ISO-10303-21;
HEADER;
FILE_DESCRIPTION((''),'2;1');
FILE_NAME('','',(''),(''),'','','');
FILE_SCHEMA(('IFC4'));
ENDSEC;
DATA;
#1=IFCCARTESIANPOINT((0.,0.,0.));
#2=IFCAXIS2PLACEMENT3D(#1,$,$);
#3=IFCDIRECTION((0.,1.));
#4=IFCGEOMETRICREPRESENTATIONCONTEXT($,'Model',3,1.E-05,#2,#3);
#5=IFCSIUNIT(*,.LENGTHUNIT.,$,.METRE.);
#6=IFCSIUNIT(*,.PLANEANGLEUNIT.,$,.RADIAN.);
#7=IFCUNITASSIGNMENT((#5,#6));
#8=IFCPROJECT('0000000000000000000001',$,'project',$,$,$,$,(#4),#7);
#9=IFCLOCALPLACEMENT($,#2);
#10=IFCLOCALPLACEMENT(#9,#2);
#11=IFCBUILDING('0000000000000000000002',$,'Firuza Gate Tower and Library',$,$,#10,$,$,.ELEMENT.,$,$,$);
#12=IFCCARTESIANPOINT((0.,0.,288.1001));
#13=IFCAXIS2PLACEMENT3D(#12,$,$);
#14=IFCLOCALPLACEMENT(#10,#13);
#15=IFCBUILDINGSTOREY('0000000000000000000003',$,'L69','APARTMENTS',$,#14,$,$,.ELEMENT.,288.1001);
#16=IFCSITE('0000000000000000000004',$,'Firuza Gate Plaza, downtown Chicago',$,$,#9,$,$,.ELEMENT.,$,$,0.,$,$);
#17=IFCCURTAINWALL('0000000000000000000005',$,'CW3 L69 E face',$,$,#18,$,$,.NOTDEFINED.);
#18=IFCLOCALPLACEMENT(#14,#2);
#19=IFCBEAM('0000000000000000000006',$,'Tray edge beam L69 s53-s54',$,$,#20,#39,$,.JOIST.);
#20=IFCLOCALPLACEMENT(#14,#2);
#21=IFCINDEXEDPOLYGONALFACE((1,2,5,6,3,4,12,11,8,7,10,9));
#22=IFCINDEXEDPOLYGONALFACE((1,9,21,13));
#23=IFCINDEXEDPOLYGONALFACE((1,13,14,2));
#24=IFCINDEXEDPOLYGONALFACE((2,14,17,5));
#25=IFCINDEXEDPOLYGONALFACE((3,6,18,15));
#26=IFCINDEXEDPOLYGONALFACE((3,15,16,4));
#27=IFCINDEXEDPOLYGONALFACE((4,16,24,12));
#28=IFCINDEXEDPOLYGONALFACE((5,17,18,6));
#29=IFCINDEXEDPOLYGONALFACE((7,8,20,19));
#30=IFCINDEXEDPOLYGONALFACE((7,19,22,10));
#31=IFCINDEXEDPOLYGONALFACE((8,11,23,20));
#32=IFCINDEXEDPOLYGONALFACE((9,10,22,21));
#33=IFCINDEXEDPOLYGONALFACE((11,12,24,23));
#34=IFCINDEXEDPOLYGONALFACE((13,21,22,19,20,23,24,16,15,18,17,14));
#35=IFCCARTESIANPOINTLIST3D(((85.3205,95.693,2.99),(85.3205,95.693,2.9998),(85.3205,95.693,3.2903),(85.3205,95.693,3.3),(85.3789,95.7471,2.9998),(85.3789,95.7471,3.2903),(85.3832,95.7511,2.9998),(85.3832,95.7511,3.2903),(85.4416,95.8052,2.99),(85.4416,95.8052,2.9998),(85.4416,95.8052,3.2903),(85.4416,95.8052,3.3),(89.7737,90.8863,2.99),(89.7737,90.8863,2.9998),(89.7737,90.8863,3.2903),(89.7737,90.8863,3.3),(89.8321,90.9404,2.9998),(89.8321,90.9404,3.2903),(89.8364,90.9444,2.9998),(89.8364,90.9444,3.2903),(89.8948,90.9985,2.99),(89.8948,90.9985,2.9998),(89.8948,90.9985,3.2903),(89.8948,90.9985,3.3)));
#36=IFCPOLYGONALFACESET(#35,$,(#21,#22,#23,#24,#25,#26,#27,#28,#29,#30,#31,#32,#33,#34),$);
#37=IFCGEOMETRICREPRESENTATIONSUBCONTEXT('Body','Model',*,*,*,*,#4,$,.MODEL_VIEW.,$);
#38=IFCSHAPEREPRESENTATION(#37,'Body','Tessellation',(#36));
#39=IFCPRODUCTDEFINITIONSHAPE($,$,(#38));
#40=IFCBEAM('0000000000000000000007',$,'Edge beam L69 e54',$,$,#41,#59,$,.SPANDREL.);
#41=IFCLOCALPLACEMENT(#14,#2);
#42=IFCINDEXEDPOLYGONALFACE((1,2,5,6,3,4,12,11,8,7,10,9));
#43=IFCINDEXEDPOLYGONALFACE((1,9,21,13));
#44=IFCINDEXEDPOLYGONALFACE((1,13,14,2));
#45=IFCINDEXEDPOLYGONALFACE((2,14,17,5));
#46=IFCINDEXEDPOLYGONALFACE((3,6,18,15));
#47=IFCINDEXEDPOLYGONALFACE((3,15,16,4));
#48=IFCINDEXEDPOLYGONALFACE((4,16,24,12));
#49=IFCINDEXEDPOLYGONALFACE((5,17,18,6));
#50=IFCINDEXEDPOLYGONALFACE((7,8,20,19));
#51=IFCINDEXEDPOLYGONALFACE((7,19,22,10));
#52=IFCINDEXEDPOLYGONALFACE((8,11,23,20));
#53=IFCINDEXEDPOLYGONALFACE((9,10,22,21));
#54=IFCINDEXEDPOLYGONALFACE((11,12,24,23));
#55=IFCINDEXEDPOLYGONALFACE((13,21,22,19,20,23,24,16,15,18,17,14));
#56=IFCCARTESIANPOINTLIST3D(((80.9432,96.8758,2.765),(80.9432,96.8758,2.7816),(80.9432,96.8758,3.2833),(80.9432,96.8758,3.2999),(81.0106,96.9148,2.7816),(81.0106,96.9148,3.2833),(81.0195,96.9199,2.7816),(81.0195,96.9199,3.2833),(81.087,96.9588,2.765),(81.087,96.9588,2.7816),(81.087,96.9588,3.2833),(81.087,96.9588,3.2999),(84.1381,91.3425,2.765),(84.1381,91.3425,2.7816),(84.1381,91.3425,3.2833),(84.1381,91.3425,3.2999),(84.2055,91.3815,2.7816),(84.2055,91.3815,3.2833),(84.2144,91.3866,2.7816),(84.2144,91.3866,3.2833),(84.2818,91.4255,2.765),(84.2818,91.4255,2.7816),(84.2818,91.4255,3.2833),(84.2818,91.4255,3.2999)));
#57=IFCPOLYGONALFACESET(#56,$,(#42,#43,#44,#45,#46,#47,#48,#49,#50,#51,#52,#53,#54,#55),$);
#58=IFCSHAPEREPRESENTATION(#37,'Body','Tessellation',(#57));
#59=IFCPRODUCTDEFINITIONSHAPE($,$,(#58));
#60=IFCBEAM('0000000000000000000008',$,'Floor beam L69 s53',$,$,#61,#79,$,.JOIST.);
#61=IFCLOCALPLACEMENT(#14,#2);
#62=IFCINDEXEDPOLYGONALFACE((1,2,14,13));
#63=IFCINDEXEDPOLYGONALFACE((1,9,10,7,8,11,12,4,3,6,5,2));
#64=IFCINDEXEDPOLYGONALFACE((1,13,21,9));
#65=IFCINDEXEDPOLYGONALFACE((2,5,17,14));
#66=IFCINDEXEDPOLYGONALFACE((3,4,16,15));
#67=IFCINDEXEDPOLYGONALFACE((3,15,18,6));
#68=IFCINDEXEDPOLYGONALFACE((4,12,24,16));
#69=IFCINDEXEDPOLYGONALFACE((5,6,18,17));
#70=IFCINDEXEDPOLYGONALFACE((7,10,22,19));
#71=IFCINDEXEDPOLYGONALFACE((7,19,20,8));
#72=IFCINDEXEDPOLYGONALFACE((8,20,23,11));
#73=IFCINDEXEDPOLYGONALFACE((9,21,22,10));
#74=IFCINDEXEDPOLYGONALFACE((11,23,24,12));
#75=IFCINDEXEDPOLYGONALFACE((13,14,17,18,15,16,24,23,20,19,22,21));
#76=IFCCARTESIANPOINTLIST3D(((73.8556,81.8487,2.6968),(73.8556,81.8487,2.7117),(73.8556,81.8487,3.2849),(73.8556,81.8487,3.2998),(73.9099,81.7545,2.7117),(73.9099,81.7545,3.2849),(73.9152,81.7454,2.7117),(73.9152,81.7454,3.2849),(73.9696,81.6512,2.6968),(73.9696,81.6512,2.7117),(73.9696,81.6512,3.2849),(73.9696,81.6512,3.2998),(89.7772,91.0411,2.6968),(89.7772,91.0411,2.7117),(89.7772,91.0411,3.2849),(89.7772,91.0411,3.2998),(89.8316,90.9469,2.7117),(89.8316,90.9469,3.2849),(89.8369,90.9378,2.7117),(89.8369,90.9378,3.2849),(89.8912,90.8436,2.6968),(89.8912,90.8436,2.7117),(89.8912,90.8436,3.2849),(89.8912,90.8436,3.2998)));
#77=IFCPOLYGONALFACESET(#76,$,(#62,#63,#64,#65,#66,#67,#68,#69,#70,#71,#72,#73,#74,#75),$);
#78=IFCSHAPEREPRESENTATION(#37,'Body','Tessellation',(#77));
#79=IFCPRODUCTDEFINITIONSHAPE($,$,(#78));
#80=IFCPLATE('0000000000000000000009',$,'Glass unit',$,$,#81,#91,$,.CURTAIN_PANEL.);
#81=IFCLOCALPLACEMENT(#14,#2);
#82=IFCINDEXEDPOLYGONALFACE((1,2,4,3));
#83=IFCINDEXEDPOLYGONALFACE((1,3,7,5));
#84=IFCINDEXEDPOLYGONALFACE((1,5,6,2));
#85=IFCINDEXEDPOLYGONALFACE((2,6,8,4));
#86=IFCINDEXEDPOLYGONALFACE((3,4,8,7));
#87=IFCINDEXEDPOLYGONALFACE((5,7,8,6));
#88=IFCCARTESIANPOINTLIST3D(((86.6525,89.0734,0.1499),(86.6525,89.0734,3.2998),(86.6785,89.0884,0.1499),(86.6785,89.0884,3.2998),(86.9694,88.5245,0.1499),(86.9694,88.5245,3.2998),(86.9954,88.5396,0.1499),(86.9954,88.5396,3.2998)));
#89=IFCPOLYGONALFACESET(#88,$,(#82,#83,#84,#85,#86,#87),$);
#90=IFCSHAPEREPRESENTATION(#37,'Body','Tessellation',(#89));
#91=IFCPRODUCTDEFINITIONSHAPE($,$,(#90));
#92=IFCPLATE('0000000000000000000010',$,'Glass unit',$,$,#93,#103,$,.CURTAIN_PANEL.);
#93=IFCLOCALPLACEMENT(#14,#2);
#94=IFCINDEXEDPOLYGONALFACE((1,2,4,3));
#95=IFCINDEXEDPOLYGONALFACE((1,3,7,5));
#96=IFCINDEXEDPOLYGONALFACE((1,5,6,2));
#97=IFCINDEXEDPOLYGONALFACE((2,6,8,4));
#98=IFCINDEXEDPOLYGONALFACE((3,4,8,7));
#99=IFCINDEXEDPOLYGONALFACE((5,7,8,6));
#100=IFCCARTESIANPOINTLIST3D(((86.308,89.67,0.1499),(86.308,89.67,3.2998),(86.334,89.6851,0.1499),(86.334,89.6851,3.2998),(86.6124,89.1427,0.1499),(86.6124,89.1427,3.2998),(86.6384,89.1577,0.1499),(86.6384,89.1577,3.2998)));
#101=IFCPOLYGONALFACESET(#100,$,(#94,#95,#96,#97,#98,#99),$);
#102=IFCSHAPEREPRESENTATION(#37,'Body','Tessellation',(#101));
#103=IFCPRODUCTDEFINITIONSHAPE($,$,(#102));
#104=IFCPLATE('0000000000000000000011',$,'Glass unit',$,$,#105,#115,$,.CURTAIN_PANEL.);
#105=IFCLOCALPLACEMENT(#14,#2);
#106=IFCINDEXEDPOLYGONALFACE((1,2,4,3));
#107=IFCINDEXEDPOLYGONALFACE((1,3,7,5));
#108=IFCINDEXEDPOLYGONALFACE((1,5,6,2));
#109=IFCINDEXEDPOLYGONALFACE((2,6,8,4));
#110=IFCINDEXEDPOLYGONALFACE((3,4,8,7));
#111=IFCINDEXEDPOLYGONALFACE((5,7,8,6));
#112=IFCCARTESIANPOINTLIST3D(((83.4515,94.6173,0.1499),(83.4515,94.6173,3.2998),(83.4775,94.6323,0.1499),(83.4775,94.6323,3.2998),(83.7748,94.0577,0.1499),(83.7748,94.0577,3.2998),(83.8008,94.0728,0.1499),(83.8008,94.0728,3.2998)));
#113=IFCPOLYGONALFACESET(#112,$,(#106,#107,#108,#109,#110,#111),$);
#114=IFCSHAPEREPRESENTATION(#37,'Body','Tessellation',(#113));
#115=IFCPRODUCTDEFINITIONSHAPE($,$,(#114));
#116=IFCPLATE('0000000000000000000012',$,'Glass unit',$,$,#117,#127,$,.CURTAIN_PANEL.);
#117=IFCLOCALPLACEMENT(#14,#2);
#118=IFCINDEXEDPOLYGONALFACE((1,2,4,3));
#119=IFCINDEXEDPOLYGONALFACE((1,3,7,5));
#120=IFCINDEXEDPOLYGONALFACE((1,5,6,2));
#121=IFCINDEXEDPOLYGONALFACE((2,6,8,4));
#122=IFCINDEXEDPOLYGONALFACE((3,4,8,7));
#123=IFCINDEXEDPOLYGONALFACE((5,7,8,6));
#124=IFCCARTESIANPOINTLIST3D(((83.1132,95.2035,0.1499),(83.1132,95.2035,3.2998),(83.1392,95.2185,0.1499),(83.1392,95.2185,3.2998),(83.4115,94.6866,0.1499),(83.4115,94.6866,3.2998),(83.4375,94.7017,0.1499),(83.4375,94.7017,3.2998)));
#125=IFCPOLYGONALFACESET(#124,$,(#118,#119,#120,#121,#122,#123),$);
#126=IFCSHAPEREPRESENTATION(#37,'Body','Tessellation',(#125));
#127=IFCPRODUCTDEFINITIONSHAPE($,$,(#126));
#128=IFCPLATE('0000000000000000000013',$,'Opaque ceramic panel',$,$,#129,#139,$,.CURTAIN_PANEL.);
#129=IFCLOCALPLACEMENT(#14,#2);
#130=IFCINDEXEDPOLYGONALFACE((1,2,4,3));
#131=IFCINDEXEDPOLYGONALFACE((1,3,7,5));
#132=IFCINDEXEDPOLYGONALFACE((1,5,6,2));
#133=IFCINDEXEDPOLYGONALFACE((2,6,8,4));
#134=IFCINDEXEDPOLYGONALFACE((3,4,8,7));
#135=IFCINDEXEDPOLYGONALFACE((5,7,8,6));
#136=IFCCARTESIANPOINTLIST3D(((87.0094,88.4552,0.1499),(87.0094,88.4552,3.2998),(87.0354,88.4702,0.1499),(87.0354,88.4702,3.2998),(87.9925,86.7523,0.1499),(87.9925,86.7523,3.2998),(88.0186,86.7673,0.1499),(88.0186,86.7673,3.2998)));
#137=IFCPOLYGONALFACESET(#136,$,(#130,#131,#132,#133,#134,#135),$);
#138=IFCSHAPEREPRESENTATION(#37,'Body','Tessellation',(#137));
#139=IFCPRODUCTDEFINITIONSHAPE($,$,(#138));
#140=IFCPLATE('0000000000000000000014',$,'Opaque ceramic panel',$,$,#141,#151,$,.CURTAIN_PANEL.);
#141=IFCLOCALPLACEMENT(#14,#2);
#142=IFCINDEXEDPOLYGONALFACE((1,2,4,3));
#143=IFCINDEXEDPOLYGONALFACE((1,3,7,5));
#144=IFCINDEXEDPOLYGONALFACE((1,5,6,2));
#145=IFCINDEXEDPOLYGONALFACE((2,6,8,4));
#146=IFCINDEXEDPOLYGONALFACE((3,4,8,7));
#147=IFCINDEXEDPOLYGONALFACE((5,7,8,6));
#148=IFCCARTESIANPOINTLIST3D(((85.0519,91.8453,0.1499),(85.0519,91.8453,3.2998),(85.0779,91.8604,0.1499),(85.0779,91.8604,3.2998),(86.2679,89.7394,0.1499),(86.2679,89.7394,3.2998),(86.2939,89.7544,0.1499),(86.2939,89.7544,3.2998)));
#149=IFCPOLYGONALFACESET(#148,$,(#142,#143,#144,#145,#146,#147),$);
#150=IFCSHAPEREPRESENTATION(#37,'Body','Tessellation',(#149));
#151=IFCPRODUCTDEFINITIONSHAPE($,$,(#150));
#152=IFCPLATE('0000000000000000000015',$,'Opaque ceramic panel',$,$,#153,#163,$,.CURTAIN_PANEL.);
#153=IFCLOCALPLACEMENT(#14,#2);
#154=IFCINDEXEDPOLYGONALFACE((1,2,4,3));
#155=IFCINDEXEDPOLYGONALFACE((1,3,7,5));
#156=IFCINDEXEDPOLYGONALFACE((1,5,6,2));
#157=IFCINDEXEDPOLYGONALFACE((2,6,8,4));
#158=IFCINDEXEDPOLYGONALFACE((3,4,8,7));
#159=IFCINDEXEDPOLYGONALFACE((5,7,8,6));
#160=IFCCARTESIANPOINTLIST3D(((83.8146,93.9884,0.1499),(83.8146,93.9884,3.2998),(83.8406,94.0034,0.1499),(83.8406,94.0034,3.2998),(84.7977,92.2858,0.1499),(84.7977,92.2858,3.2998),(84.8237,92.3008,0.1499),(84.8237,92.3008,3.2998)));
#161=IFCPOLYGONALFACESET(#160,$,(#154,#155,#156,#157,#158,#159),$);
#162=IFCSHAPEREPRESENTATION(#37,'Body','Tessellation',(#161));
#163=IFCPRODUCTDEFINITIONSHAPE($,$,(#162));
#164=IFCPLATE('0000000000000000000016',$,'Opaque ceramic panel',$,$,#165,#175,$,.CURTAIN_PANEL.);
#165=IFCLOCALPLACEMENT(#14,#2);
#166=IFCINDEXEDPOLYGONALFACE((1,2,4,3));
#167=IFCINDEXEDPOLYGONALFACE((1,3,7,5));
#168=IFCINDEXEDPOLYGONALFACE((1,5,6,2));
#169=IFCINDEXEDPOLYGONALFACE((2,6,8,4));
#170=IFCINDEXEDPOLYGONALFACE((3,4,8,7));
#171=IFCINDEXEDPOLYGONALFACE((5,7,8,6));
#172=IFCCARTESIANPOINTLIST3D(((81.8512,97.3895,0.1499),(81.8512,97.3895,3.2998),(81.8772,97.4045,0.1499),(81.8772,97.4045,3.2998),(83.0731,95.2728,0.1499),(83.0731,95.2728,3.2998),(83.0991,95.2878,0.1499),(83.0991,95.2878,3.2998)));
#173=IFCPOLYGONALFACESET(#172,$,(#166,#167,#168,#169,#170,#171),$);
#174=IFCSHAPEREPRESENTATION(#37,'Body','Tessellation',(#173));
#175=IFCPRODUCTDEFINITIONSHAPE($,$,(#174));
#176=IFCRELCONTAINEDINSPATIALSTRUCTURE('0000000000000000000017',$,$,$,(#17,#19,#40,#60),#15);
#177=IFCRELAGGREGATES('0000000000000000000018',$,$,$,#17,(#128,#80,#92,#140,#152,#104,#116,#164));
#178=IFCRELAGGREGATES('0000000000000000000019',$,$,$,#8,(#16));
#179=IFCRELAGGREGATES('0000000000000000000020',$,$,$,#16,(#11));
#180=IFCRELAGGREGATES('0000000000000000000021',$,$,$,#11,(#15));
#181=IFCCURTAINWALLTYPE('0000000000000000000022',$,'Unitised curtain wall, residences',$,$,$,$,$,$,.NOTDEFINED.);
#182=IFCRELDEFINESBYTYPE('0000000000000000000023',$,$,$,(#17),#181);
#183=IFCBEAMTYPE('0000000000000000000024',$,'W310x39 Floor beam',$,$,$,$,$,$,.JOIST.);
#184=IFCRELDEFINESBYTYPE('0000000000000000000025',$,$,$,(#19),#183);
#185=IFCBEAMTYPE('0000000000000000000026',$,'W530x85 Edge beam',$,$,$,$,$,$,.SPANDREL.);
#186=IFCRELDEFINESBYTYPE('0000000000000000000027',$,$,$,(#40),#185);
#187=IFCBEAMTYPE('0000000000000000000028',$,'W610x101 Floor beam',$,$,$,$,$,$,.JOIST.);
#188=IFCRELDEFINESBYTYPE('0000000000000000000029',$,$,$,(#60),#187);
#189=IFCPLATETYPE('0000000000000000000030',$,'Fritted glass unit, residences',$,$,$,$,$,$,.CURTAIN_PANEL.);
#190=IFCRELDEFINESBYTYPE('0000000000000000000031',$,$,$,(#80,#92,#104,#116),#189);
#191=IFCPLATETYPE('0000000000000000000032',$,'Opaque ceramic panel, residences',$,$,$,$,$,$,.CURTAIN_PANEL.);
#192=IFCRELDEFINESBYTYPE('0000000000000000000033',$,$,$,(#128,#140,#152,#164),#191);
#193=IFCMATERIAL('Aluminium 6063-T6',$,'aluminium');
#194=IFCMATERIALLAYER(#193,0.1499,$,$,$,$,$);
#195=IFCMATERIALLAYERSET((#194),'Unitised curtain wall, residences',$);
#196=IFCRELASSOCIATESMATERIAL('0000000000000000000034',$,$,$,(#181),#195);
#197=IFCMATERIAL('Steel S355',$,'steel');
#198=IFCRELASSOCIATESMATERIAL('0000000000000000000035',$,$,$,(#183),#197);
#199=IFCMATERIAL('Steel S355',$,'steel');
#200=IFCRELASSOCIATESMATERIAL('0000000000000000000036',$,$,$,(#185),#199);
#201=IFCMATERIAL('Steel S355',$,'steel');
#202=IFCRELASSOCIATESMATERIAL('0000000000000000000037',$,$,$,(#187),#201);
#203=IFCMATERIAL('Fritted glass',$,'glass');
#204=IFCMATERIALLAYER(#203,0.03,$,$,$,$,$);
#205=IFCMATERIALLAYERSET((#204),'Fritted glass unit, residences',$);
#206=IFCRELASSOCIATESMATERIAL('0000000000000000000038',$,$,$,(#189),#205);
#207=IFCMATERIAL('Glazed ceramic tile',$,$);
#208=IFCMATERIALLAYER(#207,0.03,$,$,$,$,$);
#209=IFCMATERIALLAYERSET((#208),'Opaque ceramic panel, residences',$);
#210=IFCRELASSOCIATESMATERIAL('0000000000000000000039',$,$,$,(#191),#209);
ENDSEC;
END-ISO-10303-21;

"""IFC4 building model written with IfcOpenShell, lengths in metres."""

from ifc_helpers import new_model, si_unit, direction, frame, origin, origin_2d, place, context, subcontext, project, spatial, polyline, i_section, outline, extrude, material, layer, layer_set, material_profile, profile_set, type_object, element, aggregate, save


model = new_model("IFC4")

# Units and contexts
model_context = context("Model", 3, precision=1e-05, world=origin(), true_north=direction((0.0, 1.0)))
body_context = subcontext(model_context, "Body", "Model", "MODEL_VIEW")
ifc_project = project(units=[si_unit("LENGTHUNIT", "METRE"), si_unit("PLANEANGLEUNIT", "RADIAN")], contexts=[model_context])

# Site, building, storey
site_placement = place(None, origin())
site = spatial("IfcSite", under=ifc_project, at=site_placement, Name="Firuza Gate Plaza, downtown Chicago", CompositionType="ELEMENT", RefElevation=0.0)
building_placement = place(site_placement, origin())
building = spatial("IfcBuilding", under=site, at=building_placement, Name="Firuza Gate Tower and Library", CompositionType="ELEMENT")
storey_placement = place(building_placement, frame((0.0, 0.0, 288.1001)))
storey = spatial("IfcBuildingStorey", under=building, at=storey_placement, Name="L69", Description="APARTMENTS", CompositionType="ELEMENT", Elevation=288.1001)

# Curtain wall
ifc_material_1 = material(Name="Aluminium 6063-T6", Category="aluminium")
ifc_layer_1 = layer(ifc_material_1, 0.1499)
ifc_layer_set_1 = layer_set([ifc_layer_1], Name="Unitised curtain wall, residences")
curtain_wall_type = type_object("IfcCurtainWallType", Name="Unitised curtain wall, residences", PredefinedType="NOTDEFINED", material=ifc_layer_set_1)
curtain_wall_placement = place(storey_placement, origin())
curtain_wall = element("IfcCurtainWall", 1, at=curtain_wall_placement, inside=storey, type_object=curtain_wall_type, Name="CW3 L69 E face", PredefinedType="NOTDEFINED")

# Beams
ifc_material_2 = material(Name="Steel S355", Category="steel")
ifc_material_profile_1 = material_profile(ifc_material_2, i_section(OverallWidth=0.165, OverallDepth=0.3101, WebThickness=0.0059, FlangeThickness=0.0098, at=origin_2d()))
ifc_profile_set_1 = profile_set([ifc_material_profile_1], Name="Steel S355")
beam_type_1 = type_object("IfcBeamType", Name="W310x39 Floor beam", PredefinedType="JOIST", material=ifc_profile_set_1)
beam_1_placement = place(storey_placement, frame((89.8342, 90.9424, 3.145), z_axis=(-0.679616, 0.733568, 0.0), x_axis=(-0.733568, -0.679616, 0.0)))
element("IfcBeam", 2, at=beam_1_placement, inside=storey, type_object=beam_type_1, Name="Tray edge beam L69 s53-s54", PredefinedType="JOIST", context=body_context, shape_type="SweptSolid", body=[
    extrude(i_section(OverallWidth=0.165, OverallDepth=0.3101, WebThickness=0.0059, FlangeThickness=0.0098, at=origin_2d()), origin(), (0.0, 0.0, 1.0), 6.5525),
])
ifc_material_3 = material(Name="Steel S355", Category="steel")
ifc_material_profile_2 = material_profile(ifc_material_3, i_section(OverallWidth=0.166, OverallDepth=0.5349, WebThickness=0.0103, FlangeThickness=0.0166, at=origin_2d()))
ifc_profile_set_2 = profile_set([ifc_material_profile_2], Name="Steel S355")
beam_type_2 = type_object("IfcBeamType", Name="W530x85 Edge beam", PredefinedType="SPANDREL", material=ifc_profile_set_2)
beam_2_placement = place(storey_placement, frame((84.21, 91.384, 3.0325), z_axis=(-0.500027, 0.86601, 0.0), x_axis=(-0.86601, -0.500027, 0.0)))
element("IfcBeam", 3, at=beam_2_placement, inside=storey, type_object=beam_type_2, Name="Edge beam L69 e54", PredefinedType="SPANDREL", context=body_context, shape_type="SweptSolid", body=[
    extrude(i_section(OverallWidth=0.166, OverallDepth=0.5349, WebThickness=0.0103, FlangeThickness=0.0166, at=origin_2d()), origin(), (0.0, 0.0, 1.0), 6.3894),
])
ifc_material_4 = material(Name="Steel S355", Category="steel")
ifc_material_profile_3 = material_profile(ifc_material_4, i_section(OverallWidth=0.228, OverallDepth=0.603, WebThickness=0.0105, FlangeThickness=0.0149, at=origin_2d()))
ifc_profile_set_3 = profile_set([ifc_material_profile_3], Name="Steel S355")
beam_type_3 = type_object("IfcBeamType", Name="W610x101 Floor beam", PredefinedType="JOIST", material=ifc_profile_set_3)
beam_3_placement = place(storey_placement, frame((89.8342, 90.9424, 2.9983), z_axis=(-0.866025, -0.500001, 0.0), x_axis=(0.500001, -0.866025, 0.0)))
element("IfcBeam", 4, at=beam_3_placement, inside=storey, type_object=beam_type_3, Name="Floor beam L69 s53", PredefinedType="JOIST", context=body_context, shape_type="SweptSolid", body=[
    extrude(i_section(OverallWidth=0.228, OverallDepth=0.603, WebThickness=0.0105, FlangeThickness=0.0149, at=origin_2d()), origin(), (0.0, 0.0, 1.0), 18.3848),
])

# Plates
ifc_material_5 = material(Name="Fritted glass", Category="glass")
ifc_layer_2 = layer(ifc_material_5, 0.03)
ifc_layer_set_2 = layer_set([ifc_layer_2], Name="Fritted glass unit, residences")
plate_type_1 = type_object("IfcPlateType", Name="Fritted glass unit, residences", PredefinedType="CURTAIN_PANEL", material=ifc_layer_set_2)
plate_1_placement = place(storey_placement, frame((86.9954, 88.5396, 0.1499), z_axis=(0.866006, 0.500034, 0.0), x_axis=(-0.500034, 0.866006, 0.0)))
plate_1 = element("IfcPlate", 5, at=plate_1_placement, type_object=plate_type_1, Name="Glass unit", PredefinedType="CURTAIN_PANEL", context=body_context, shape_type="SweptSolid", body=[
    extrude(outline(polyline([(0.0, 0.0), (0.6337, 0.0), (0.6337, 3.1499), (0.0, 3.1499), (0.0, 0.0)])), origin(), (0.0, 0.0, -1.0), 0.03),
])
plate_2_placement = place(storey_placement, frame((86.6384, 89.1577, 0.1499), z_axis=(0.866039, 0.499977, 0.0), x_axis=(-0.499977, 0.866039, 0.0)))
plate_2 = element("IfcPlate", 6, at=plate_2_placement, type_object=plate_type_1, Name="Glass unit", PredefinedType="CURTAIN_PANEL", context=body_context, shape_type="SweptSolid", body=[
    extrude(outline(polyline([(0.0, 0.0), (0.6089, 0.0), (0.6089, 3.1499), (0.0, 3.1499), (0.0, 0.0)])), origin(), (0.0, 0.0, -1.0), 0.03),
])
plate_3_placement = place(storey_placement, frame((83.8008, 94.0728, 0.1499), z_axis=(0.865909, 0.500202, 0.0), x_axis=(-0.500202, 0.865909, 0.0)))
plate_3 = element("IfcPlate", 7, at=plate_3_placement, type_object=plate_type_1, Name="Glass unit", PredefinedType="CURTAIN_PANEL", context=body_context, shape_type="SweptSolid", body=[
    extrude(outline(polyline([(0.0, 0.0), (0.6462, 0.0), (0.6462, 3.1499), (0.0, 3.1499), (0.0, 0.0)])), origin(), (0.0, 0.0, -1.0), 0.03),
])
plate_4_placement = place(storey_placement, frame((83.4375, 94.7017, 0.1499), z_axis=(0.86607, 0.499923, 0.0), x_axis=(-0.499923, 0.86607, 0.0)))
plate_4 = element("IfcPlate", 8, at=plate_4_placement, type_object=plate_type_1, Name="Glass unit", PredefinedType="CURTAIN_PANEL", context=body_context, shape_type="SweptSolid", body=[
    extrude(outline(polyline([(0.0, 0.0), (0.5968, 0.0), (0.5968, 3.1499), (0.0, 3.1499), (0.0, 0.0)])), origin(), (0.0, 0.0, -1.0), 0.03),
])
ifc_material_6 = material(Name="Glazed ceramic tile")
ifc_layer_3 = layer(ifc_material_6, 0.03)
ifc_layer_set_3 = layer_set([ifc_layer_3], Name="Opaque ceramic panel, residences")
plate_type_2 = type_object("IfcPlateType", Name="Opaque ceramic panel, residences", PredefinedType="CURTAIN_PANEL", material=ifc_layer_set_3)
plate_5_placement = place(storey_placement, frame((88.0186, 86.7673, 0.1499), z_axis=(0.866026, 0.499998, 0.0), x_axis=(-0.499998, 0.866026, 0.0)))
plate_5 = element("IfcPlate", 9, at=plate_5_placement, type_object=plate_type_2, Name="Opaque ceramic panel", PredefinedType="CURTAIN_PANEL", context=body_context, shape_type="SweptSolid", body=[
    extrude(outline(polyline([(0.0, 0.0), (1.9663, 0.0), (1.9663, 3.1499), (0.0, 3.1499), (0.0, 0.0)])), origin(), (0.0, 0.0, -1.0), 0.03),
])
plate_6_placement = place(storey_placement, frame((86.2939, 89.7544, 0.1499), z_axis=(0.865992, 0.500058, 0.0), x_axis=(-0.500058, 0.865992, 0.0)))
plate_6 = element("IfcPlate", 10, at=plate_6_placement, type_object=plate_type_2, Name="Opaque ceramic panel", PredefinedType="CURTAIN_PANEL", context=body_context, shape_type="SweptSolid", body=[
    extrude(outline(polyline([(0.0, 0.0), (2.4318, 0.0), (2.4318, 3.1499), (0.0, 3.1499), (0.0, 0.0)])), origin(), (0.0, 0.0, -1.0), 0.03),
])
plate_7_placement = place(storey_placement, frame((84.8237, 92.3008, 0.1499), z_axis=(0.865995, 0.500052, 0.0), x_axis=(-0.500052, 0.865995, 0.0)))
plate_7 = element("IfcPlate", 11, at=plate_7_placement, type_object=plate_type_2, Name="Opaque ceramic panel", PredefinedType="CURTAIN_PANEL", context=body_context, shape_type="SweptSolid", body=[
    extrude(outline(polyline([(0.0, 0.0), (1.9661, 0.0), (1.9661, 3.1499), (0.0, 3.1499), (0.0, 0.0)])), origin(), (0.0, 0.0, -1.0), 0.03),
])
plate_8_placement = place(storey_placement, frame((83.0991, 95.2878, 0.1499), z_axis=(0.866053, 0.499953, 0.0), x_axis=(-0.499953, 0.866053, 0.0)))
plate_8 = element("IfcPlate", 12, at=plate_8_placement, type_object=plate_type_2, Name="Opaque ceramic panel", PredefinedType="CURTAIN_PANEL", context=body_context, shape_type="SweptSolid", body=[
    extrude(outline(polyline([(0.0, 0.0), (2.4441, 0.0), (2.4441, 3.1499), (0.0, 3.1499), (0.0, 0.0)])), origin(), (0.0, 0.0, -1.0), 0.03),
])
aggregate(curtain_wall, [plate_5, plate_1, plate_2, plate_6, plate_7, plate_3, plate_4, plate_8])

save(model, "model.ifc")
